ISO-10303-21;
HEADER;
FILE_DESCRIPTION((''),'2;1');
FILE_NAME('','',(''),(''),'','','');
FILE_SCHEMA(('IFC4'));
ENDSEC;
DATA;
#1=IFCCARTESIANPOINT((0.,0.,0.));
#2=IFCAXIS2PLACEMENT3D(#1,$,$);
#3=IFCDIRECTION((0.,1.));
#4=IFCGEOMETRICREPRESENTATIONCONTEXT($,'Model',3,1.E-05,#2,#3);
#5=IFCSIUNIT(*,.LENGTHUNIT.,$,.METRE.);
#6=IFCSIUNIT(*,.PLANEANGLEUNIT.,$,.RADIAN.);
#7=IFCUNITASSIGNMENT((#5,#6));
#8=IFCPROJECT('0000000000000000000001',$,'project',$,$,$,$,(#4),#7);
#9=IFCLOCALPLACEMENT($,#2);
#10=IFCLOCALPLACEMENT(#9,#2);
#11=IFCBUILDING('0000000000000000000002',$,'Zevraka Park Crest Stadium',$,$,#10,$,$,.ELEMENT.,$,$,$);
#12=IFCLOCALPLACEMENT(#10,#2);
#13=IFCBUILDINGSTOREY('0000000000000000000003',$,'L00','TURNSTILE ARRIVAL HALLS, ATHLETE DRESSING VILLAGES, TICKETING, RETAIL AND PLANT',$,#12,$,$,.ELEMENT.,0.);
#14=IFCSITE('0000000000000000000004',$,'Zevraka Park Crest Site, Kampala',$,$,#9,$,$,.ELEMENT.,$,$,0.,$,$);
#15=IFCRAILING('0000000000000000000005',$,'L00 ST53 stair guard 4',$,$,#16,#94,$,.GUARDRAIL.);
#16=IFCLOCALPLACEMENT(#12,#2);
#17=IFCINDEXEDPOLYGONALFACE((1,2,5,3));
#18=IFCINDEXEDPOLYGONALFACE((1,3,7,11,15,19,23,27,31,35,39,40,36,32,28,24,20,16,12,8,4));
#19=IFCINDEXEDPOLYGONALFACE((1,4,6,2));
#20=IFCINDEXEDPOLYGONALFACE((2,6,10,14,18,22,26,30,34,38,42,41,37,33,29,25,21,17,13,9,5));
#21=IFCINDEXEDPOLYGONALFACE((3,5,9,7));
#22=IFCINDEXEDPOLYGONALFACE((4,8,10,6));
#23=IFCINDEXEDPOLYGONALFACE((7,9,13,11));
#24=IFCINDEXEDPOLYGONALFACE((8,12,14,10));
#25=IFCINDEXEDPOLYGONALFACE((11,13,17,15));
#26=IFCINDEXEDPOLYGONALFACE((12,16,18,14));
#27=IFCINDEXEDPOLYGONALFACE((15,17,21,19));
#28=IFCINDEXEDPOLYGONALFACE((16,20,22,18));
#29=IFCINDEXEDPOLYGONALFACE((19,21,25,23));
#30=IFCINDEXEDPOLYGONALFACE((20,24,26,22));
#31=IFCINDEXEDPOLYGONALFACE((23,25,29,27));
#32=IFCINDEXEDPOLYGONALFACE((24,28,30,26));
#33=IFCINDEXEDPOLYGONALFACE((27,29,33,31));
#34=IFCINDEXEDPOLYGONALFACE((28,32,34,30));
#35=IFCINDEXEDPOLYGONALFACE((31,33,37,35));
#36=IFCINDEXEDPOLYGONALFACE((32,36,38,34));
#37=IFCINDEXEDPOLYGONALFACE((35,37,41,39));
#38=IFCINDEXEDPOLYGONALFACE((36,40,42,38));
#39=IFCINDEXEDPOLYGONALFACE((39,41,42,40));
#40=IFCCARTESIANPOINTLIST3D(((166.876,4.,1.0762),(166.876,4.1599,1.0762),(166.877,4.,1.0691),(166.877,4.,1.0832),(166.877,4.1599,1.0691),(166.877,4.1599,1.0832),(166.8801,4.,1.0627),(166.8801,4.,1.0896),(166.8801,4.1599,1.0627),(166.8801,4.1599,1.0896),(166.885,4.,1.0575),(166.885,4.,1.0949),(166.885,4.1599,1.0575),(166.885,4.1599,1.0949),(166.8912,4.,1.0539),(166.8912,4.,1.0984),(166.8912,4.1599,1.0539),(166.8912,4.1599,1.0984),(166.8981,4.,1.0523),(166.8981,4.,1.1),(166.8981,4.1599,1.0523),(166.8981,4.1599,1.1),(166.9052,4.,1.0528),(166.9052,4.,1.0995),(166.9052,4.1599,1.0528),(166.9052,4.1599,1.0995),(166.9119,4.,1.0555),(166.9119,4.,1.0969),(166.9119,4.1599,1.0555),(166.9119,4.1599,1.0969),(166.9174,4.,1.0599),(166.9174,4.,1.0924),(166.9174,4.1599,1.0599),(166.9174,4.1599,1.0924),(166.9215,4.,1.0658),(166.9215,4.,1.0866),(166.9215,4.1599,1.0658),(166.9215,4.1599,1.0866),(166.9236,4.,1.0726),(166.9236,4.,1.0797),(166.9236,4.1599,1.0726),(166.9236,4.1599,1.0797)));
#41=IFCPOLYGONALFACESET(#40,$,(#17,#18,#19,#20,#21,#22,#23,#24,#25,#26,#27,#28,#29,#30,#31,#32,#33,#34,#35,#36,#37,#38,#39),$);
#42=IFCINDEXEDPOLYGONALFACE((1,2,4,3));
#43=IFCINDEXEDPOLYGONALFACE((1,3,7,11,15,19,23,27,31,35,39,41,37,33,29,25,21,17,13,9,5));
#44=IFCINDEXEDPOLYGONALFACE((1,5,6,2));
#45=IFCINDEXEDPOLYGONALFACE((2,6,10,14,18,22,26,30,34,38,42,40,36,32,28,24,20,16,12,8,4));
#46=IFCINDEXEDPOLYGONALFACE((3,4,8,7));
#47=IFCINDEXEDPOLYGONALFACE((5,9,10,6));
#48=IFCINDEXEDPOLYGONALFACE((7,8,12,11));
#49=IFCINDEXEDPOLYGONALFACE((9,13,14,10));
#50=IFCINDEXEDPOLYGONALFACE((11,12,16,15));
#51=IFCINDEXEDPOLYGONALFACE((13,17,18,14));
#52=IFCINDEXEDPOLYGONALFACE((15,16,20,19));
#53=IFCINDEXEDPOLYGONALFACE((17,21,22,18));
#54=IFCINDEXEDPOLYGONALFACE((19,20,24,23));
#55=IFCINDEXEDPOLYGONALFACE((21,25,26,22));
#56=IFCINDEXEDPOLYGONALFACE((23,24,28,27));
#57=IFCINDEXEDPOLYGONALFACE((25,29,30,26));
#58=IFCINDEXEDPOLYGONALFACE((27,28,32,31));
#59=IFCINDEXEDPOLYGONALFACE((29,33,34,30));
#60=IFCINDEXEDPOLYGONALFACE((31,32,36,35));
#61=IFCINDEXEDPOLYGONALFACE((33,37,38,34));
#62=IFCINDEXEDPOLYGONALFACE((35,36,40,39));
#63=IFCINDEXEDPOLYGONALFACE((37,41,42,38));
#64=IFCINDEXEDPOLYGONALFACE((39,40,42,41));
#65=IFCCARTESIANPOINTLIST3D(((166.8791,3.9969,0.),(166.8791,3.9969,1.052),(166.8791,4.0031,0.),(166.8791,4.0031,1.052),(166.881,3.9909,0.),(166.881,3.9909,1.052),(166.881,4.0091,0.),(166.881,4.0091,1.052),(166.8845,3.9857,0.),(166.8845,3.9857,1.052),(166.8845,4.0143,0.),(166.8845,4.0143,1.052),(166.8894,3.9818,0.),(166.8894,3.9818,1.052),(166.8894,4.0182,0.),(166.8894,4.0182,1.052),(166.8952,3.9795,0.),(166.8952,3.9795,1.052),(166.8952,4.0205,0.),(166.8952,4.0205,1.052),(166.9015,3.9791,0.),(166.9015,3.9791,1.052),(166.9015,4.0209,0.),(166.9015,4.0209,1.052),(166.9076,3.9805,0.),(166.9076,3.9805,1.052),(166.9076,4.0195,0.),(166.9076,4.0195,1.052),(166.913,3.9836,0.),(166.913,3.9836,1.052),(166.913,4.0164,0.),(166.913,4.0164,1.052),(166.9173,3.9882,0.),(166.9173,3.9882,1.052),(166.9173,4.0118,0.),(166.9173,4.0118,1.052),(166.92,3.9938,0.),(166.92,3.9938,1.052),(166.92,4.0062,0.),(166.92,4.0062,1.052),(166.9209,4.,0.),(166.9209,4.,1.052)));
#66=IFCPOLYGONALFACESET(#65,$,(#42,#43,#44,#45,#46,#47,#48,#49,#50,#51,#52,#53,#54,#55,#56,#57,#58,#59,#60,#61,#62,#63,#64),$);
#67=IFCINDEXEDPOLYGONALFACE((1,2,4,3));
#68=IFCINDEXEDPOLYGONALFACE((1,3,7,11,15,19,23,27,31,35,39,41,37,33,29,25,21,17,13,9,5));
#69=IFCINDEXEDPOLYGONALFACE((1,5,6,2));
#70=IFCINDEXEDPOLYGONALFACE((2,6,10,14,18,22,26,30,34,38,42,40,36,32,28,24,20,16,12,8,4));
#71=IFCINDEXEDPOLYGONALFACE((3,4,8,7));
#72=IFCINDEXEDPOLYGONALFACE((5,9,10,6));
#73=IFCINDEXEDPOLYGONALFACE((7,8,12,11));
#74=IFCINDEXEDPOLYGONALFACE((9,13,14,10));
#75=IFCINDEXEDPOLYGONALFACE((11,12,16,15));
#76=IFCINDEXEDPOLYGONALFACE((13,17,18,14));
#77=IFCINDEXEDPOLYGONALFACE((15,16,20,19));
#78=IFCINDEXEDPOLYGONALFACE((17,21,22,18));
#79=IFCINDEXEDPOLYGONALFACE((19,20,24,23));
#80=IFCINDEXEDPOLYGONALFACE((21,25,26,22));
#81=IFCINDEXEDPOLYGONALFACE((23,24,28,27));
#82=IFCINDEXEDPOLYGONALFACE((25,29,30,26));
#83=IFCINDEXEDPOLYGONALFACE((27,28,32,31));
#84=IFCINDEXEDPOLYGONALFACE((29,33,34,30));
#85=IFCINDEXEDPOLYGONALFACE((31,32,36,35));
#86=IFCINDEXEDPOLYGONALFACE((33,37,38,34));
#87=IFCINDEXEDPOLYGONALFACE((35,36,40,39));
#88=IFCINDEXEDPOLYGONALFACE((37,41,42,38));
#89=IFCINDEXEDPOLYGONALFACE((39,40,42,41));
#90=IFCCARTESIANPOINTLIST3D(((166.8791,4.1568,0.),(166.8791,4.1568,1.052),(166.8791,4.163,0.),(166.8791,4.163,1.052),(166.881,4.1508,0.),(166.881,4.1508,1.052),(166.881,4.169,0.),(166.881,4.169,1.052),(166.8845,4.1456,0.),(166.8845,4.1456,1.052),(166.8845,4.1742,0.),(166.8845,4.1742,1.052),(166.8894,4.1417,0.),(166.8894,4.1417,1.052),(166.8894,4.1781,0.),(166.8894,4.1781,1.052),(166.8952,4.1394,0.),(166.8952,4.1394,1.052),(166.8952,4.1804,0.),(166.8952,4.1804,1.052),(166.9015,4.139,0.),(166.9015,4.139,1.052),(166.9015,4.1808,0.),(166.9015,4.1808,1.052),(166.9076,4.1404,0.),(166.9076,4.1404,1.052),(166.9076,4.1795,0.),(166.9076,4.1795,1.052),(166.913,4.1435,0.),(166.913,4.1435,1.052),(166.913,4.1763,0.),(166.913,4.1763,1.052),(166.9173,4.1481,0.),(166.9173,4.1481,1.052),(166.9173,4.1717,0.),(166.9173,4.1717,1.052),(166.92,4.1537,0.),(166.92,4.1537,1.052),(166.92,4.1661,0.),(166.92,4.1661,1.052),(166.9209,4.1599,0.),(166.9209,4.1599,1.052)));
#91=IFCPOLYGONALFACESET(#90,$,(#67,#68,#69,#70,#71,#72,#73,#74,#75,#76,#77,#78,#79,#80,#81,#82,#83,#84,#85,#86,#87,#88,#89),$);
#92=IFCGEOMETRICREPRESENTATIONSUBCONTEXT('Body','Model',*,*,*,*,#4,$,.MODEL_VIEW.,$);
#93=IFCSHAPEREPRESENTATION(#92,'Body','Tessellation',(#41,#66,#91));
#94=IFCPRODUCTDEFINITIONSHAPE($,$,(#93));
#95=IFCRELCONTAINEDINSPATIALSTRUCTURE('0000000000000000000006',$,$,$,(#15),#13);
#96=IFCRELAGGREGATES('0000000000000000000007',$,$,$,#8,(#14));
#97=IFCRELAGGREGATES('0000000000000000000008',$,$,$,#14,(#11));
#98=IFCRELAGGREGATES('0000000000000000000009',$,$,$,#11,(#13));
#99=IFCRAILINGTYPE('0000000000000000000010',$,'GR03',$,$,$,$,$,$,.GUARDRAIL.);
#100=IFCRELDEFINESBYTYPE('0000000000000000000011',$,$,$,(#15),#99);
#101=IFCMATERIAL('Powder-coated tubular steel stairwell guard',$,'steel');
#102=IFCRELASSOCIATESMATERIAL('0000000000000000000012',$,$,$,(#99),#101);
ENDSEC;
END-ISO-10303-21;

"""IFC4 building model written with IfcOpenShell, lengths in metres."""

from ifc_helpers import new_model, si_unit, direction, frame, origin, origin_2d, place, context, subcontext, project, spatial, circle, extrude, material, type_object, element, save


model = new_model("IFC4")

# Units and contexts
model_context = context("Model", 3, precision=1e-05, world=origin(), true_north=direction((0.0, 1.0)))
body_context = subcontext(model_context, "Body", "Model", "MODEL_VIEW")
ifc_project = project(units=[si_unit("LENGTHUNIT", "METRE"), si_unit("PLANEANGLEUNIT", "RADIAN")], contexts=[model_context])

# Site, building, storey
site_placement = place(None, origin())
site = spatial("IfcSite", under=ifc_project, at=site_placement, Name="Zevraka Park Crest Site, Kampala", CompositionType="ELEMENT", RefElevation=0.0)
building_placement = place(site_placement, origin())
building = spatial("IfcBuilding", under=site, at=building_placement, Name="Zevraka Park Crest Stadium", CompositionType="ELEMENT")
storey_placement = place(building_placement, origin())
storey = spatial("IfcBuildingStorey", under=building, at=storey_placement, Name="L00", Description="TURNSTILE ARRIVAL HALLS, ATHLETE DRESSING VILLAGES, TICKETING, RETAIL AND PLANT", CompositionType="ELEMENT", Elevation=0.0)

# Railing
ifc_material_1 = material(Name="Powder-coated tubular steel stairwell guard", Category="steel")
railing_type_1 = type_object("IfcRailingType", Name="GR03", PredefinedType="GUARDRAIL", material=ifc_material_1)
railing_1_placement = place(storey_placement, frame((166.8999, 4.0, 0.0)))
element("IfcRailing", 1, at=railing_1_placement, inside=storey, type_object=railing_type_1, Name="L00 ST53 stair guard 4", PredefinedType="GUARDRAIL", context=body_context, shape_type="SweptSolid", body=[
    extrude(circle(Radius=0.0239, at=origin_2d()), frame((0.0, 0.0, 1.0762), z_axis=(0.0, 1.0, 0.0), x_axis=(-1.0, 0.0, 0.0)), (0.0, 0.0, 1.0), 0.1599),
    extrude(circle(Radius=0.021, at=origin_2d()), origin(), (0.0, 0.0, 1.0), 1.052),
    extrude(circle(Radius=0.021, at=origin_2d()), frame((0.0, 0.1599, 0.0)), (0.0, 0.0, 1.0), 1.052),
])

save(model, "model.ifc")
